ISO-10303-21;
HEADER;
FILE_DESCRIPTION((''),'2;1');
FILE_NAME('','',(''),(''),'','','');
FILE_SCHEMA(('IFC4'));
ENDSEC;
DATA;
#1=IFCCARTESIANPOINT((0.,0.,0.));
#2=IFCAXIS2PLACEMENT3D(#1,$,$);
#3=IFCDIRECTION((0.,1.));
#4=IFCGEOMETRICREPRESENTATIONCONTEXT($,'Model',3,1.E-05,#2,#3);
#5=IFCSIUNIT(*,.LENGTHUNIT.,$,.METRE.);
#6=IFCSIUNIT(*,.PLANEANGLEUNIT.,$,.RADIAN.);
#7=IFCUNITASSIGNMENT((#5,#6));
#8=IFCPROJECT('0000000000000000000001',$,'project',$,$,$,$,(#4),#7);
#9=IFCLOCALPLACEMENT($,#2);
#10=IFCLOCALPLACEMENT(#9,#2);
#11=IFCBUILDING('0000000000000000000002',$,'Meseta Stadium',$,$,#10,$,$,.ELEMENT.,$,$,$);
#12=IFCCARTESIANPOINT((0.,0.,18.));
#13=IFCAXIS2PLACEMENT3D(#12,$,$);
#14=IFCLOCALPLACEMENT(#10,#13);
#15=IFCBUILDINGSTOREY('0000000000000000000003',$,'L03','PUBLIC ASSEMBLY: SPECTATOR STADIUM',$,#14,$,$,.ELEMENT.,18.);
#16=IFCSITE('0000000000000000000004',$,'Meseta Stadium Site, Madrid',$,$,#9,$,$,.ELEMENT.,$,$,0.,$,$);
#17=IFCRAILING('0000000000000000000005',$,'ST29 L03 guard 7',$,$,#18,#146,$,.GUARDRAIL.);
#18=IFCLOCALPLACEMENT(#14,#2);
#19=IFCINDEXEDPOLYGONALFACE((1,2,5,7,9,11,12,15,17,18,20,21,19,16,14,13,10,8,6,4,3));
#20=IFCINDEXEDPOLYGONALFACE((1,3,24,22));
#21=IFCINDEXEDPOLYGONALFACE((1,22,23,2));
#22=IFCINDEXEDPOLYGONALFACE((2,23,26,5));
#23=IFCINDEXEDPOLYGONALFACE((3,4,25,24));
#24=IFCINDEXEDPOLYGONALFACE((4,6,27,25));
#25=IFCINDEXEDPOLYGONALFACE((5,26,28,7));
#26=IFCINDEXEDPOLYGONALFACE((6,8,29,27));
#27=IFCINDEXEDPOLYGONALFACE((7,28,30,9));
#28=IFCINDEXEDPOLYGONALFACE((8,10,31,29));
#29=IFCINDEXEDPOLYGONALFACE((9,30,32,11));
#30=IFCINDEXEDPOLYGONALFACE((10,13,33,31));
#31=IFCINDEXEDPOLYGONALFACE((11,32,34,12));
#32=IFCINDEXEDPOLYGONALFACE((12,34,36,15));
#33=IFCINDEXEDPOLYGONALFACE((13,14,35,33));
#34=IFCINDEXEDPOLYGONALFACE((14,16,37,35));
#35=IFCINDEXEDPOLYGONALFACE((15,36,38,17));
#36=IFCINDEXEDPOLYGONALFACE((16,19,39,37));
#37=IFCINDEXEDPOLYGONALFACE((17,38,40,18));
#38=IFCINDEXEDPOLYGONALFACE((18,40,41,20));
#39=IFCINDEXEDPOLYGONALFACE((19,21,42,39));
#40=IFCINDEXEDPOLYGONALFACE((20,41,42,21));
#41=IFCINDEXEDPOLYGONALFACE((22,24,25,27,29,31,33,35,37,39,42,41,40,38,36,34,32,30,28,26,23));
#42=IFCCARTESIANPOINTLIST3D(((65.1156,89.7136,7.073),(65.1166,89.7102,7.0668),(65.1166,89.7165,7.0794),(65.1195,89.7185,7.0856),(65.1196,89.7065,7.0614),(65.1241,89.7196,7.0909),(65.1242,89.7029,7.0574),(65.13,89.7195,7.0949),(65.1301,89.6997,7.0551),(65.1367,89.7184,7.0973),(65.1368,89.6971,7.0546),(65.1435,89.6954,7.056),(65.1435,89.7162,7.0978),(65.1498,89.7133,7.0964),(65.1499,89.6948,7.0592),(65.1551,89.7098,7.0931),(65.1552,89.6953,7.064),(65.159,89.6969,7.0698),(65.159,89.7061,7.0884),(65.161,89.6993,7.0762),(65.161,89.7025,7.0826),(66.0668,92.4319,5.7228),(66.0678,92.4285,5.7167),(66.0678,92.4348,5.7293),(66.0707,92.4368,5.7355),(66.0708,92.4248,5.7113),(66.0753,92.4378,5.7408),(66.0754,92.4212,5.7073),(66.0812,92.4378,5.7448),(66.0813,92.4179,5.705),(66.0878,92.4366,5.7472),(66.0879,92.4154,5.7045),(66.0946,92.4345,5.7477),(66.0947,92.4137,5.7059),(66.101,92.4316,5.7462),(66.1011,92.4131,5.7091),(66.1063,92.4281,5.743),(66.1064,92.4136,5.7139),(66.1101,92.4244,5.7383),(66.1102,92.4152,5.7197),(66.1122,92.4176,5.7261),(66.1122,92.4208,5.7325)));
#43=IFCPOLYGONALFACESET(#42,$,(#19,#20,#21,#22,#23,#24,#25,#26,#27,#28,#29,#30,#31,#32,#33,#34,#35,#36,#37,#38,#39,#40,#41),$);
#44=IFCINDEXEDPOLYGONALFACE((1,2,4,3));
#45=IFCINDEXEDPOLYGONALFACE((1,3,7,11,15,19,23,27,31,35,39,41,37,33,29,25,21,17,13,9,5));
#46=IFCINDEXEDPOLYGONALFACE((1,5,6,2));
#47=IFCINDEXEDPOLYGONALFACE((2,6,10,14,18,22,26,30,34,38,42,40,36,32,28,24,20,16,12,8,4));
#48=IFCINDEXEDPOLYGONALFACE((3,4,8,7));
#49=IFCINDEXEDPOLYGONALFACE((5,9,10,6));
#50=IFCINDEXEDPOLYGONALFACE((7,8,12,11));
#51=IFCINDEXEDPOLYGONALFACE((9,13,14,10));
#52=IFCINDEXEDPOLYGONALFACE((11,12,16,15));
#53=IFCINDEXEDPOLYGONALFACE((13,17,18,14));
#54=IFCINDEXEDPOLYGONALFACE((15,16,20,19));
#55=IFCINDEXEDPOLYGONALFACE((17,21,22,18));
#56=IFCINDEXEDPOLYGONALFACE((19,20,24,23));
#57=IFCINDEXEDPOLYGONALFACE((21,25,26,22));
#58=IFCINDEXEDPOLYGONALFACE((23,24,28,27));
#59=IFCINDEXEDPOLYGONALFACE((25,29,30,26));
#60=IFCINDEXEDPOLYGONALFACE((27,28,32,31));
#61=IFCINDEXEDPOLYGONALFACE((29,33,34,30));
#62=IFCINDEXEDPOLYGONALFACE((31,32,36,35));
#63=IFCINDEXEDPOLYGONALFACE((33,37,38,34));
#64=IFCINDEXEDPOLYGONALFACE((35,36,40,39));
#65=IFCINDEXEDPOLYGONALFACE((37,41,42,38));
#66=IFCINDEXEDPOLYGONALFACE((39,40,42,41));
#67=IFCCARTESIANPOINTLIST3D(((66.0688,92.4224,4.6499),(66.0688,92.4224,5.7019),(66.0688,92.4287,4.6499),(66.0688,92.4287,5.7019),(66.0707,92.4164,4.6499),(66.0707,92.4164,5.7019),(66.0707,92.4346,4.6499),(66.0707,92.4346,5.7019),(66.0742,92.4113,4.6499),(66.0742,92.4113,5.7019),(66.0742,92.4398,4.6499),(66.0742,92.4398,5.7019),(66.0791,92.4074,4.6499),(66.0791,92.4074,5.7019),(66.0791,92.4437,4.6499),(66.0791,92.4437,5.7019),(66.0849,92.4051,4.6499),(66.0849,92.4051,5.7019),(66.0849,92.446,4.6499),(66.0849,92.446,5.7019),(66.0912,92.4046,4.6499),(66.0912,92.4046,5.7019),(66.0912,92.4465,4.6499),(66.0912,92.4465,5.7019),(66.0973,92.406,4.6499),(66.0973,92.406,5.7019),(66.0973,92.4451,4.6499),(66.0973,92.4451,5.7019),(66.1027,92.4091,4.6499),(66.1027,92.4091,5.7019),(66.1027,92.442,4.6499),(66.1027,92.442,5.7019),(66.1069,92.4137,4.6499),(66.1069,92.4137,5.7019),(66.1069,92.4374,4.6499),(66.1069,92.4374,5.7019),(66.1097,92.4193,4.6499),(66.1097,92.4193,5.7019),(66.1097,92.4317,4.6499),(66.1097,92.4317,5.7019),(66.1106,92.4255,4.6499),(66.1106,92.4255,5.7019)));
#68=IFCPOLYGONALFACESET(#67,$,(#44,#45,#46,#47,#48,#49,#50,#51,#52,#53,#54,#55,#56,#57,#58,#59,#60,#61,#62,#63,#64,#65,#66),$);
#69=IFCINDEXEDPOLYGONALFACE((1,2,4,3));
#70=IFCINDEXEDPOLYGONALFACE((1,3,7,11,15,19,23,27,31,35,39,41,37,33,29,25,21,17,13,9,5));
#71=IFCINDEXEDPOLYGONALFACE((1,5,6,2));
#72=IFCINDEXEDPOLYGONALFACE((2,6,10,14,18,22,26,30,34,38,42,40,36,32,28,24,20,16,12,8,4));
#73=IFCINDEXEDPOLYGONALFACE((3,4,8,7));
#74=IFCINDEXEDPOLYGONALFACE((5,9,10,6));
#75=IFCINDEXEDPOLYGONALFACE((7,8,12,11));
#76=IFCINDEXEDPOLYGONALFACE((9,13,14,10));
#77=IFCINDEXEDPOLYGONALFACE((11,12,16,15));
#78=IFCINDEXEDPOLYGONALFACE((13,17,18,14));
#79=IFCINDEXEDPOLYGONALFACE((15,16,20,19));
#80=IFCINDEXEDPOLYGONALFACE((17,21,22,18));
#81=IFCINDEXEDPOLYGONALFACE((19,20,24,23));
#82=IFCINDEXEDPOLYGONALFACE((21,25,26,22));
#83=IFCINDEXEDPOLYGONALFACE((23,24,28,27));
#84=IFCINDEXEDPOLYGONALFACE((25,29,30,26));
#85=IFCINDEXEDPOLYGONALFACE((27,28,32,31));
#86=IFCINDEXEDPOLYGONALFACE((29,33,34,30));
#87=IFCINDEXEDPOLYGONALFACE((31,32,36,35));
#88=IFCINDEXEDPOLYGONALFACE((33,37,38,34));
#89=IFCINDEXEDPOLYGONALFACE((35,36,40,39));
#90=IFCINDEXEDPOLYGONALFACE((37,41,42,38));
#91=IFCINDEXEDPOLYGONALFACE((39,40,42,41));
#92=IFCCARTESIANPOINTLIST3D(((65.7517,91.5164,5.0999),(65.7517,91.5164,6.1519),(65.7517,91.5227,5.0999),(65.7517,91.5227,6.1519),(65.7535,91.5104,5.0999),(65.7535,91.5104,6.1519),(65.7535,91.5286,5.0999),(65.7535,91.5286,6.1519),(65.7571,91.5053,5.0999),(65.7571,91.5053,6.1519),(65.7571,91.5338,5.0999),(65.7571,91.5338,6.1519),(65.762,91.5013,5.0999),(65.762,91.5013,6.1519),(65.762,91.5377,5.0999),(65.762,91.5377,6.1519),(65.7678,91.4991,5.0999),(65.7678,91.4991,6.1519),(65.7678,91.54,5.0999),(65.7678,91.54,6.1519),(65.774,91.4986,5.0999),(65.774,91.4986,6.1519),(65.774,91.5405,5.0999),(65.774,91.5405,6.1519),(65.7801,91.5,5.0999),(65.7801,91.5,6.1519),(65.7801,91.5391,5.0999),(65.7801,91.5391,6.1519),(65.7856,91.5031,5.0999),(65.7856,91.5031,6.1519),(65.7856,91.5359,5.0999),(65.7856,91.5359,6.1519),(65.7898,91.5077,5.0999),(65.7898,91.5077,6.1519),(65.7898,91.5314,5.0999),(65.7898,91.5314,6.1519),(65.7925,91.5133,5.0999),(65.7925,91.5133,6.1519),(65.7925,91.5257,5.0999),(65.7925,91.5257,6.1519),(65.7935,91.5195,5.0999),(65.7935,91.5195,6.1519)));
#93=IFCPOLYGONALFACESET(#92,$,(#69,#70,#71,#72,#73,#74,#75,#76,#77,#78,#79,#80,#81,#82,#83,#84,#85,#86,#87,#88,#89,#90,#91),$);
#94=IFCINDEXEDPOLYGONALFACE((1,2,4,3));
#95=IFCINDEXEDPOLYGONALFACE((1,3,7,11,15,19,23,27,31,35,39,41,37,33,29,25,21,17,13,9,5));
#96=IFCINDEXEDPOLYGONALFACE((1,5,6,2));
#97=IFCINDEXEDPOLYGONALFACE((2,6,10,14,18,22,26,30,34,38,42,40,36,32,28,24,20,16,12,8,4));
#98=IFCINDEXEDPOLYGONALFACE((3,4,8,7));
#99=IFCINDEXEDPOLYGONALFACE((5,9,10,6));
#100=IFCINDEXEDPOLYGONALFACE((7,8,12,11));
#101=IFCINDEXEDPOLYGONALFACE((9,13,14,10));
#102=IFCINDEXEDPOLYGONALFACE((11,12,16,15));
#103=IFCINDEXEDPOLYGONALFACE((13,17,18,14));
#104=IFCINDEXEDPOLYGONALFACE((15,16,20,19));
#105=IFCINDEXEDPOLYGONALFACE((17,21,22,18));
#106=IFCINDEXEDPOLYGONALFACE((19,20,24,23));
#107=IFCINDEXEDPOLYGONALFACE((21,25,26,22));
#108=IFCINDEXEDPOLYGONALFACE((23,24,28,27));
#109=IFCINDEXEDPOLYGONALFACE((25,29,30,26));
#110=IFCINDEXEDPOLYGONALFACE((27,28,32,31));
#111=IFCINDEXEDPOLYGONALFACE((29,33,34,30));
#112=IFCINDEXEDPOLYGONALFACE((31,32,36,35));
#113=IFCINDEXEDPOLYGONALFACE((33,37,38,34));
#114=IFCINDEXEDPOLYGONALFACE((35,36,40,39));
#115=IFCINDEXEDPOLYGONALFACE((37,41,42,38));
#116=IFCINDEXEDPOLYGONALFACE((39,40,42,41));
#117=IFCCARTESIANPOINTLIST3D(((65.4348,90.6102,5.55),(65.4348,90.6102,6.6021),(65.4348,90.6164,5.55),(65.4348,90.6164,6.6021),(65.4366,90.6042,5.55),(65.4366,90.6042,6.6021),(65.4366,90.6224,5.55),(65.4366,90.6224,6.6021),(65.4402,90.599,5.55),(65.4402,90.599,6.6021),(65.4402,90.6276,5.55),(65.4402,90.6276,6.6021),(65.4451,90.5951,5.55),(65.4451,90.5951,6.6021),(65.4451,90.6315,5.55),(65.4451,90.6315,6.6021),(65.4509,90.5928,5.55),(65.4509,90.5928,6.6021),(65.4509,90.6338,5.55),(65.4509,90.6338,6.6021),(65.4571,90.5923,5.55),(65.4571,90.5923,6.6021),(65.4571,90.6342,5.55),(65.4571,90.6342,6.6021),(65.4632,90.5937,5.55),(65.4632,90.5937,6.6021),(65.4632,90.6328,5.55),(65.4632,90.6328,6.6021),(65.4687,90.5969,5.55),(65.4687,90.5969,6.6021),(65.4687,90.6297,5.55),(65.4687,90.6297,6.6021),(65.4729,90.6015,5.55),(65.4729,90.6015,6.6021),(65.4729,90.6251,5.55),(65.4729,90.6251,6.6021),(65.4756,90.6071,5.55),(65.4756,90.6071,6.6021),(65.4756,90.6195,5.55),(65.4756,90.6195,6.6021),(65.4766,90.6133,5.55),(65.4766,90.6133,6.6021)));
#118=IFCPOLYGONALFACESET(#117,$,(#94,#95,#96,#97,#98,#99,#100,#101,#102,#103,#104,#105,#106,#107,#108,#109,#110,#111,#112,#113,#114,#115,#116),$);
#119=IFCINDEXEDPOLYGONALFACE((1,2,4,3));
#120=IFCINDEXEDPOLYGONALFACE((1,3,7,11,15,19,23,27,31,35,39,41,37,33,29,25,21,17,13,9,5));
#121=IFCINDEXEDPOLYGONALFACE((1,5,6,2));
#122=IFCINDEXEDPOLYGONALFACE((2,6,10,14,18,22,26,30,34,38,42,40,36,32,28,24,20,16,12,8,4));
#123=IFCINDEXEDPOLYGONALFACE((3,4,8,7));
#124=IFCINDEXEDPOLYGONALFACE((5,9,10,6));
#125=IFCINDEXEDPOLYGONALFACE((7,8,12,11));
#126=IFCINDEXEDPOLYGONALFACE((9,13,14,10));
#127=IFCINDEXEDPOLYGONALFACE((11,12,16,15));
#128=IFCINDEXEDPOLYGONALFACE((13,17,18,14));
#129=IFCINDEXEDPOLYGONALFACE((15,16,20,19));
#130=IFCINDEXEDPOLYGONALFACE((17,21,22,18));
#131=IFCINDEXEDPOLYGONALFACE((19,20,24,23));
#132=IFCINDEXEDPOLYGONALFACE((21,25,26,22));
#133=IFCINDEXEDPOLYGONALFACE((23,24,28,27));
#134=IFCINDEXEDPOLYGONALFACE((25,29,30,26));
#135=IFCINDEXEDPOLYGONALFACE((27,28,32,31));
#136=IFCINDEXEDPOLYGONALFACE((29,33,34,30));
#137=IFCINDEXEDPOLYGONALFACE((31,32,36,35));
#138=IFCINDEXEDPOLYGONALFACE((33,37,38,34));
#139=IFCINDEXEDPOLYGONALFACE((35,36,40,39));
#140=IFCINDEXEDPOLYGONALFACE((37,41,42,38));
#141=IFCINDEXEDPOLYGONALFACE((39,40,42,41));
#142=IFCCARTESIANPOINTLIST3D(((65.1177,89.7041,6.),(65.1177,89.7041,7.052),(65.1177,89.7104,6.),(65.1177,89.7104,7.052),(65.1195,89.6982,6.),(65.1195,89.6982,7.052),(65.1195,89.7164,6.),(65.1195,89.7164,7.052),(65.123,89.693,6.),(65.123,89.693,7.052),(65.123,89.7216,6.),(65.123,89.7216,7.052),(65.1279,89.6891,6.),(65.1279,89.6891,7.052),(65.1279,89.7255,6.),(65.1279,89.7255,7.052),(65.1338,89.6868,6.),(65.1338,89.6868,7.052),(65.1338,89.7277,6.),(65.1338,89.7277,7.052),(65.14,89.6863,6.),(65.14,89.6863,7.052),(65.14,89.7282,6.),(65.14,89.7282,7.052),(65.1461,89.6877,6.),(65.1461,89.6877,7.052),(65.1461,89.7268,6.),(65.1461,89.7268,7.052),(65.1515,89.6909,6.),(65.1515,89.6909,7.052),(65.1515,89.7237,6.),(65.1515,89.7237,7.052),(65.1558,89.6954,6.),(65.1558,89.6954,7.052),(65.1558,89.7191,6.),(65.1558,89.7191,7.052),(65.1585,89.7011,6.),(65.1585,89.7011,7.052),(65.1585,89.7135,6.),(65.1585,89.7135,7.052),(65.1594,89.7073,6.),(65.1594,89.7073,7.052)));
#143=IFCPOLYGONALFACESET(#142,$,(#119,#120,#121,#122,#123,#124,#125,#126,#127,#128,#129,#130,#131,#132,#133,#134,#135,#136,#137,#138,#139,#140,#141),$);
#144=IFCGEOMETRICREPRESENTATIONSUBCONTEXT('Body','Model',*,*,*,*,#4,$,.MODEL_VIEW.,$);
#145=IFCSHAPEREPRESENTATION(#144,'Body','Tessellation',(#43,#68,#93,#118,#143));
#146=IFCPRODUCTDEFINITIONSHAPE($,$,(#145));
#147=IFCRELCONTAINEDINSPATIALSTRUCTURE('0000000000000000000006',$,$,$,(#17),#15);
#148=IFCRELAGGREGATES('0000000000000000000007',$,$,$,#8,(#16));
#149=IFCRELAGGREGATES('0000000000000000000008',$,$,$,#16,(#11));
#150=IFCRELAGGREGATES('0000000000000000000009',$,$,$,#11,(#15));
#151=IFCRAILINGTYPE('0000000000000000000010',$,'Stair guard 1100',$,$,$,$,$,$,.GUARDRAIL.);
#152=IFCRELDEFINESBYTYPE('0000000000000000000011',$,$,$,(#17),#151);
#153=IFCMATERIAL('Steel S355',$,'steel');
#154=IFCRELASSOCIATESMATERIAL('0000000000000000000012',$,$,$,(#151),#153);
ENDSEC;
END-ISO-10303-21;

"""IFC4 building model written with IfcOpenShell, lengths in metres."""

from ifc_helpers import new_model, si_unit, direction, frame, origin, origin_2d, place, context, subcontext, project, spatial, circle, extrude, material, type_object, element, save


model = new_model("IFC4")

# Units and contexts
model_context = context("Model", 3, precision=1e-05, world=origin(), true_north=direction((0.0, 1.0)))
body_context = subcontext(model_context, "Body", "Model", "MODEL_VIEW")
ifc_project = project(units=[si_unit("LENGTHUNIT", "METRE"), si_unit("PLANEANGLEUNIT", "RADIAN")], contexts=[model_context])

# Site, building, storey
site_placement = place(None, origin())
site = spatial("IfcSite", under=ifc_project, at=site_placement, Name="Meseta Stadium Site, Madrid", CompositionType="ELEMENT", RefElevation=0.0)
building_placement = place(site_placement, origin())
building = spatial("IfcBuilding", under=site, at=building_placement, Name="Meseta Stadium", CompositionType="ELEMENT")
storey_placement = place(building_placement, frame((0.0, 0.0, 18.0)))
storey = spatial("IfcBuildingStorey", under=building, at=storey_placement, Name="L03", Description="PUBLIC ASSEMBLY: SPECTATOR STADIUM", CompositionType="ELEMENT", Elevation=18.0)

# Railing
ifc_material_1 = material(Name="Steel S355", Category="steel")
railing_type_1 = type_object("IfcRailingType", Name="Stair guard 1100", PredefinedType="GUARDRAIL", material=ifc_material_1)
railing_1_placement = place(storey_placement, frame((66.0896, 92.4255, 4.6499)))
element("IfcRailing", 1, at=railing_1_placement, inside=storey, type_object=railing_type_1, Name="ST29 L03 guard 7", PredefinedType="GUARDRAIL", context=body_context, shape_type="SweptSolid", body=[
    extrude(circle(Radius=0.0239, at=origin_2d()), frame((0.0, 0.0, 1.0762), z_axis=(-0.299051, -0.854629, 0.424474), x_axis=(0.943882, -0.330282, 0.0)), (0.0, 0.0, 1.0), 3.1807),
    extrude(circle(Radius=0.021, at=origin_2d()), origin(), (0.0, 0.0, 1.0), 1.052),
    extrude(circle(Radius=0.021, at=origin_2d()), frame((-0.3171, -0.906, 0.45)), (0.0, 0.0, 1.0), 1.052),
    extrude(circle(Radius=0.021, at=origin_2d()), frame((-0.634, -1.8123, 0.9001)), (0.0, 0.0, 1.0), 1.052),
    extrude(circle(Radius=0.021, at=origin_2d()), frame((-0.9512, -2.7183, 1.3501)), (0.0, 0.0, 1.0), 1.052),
])

save(model, "model.ifc")
